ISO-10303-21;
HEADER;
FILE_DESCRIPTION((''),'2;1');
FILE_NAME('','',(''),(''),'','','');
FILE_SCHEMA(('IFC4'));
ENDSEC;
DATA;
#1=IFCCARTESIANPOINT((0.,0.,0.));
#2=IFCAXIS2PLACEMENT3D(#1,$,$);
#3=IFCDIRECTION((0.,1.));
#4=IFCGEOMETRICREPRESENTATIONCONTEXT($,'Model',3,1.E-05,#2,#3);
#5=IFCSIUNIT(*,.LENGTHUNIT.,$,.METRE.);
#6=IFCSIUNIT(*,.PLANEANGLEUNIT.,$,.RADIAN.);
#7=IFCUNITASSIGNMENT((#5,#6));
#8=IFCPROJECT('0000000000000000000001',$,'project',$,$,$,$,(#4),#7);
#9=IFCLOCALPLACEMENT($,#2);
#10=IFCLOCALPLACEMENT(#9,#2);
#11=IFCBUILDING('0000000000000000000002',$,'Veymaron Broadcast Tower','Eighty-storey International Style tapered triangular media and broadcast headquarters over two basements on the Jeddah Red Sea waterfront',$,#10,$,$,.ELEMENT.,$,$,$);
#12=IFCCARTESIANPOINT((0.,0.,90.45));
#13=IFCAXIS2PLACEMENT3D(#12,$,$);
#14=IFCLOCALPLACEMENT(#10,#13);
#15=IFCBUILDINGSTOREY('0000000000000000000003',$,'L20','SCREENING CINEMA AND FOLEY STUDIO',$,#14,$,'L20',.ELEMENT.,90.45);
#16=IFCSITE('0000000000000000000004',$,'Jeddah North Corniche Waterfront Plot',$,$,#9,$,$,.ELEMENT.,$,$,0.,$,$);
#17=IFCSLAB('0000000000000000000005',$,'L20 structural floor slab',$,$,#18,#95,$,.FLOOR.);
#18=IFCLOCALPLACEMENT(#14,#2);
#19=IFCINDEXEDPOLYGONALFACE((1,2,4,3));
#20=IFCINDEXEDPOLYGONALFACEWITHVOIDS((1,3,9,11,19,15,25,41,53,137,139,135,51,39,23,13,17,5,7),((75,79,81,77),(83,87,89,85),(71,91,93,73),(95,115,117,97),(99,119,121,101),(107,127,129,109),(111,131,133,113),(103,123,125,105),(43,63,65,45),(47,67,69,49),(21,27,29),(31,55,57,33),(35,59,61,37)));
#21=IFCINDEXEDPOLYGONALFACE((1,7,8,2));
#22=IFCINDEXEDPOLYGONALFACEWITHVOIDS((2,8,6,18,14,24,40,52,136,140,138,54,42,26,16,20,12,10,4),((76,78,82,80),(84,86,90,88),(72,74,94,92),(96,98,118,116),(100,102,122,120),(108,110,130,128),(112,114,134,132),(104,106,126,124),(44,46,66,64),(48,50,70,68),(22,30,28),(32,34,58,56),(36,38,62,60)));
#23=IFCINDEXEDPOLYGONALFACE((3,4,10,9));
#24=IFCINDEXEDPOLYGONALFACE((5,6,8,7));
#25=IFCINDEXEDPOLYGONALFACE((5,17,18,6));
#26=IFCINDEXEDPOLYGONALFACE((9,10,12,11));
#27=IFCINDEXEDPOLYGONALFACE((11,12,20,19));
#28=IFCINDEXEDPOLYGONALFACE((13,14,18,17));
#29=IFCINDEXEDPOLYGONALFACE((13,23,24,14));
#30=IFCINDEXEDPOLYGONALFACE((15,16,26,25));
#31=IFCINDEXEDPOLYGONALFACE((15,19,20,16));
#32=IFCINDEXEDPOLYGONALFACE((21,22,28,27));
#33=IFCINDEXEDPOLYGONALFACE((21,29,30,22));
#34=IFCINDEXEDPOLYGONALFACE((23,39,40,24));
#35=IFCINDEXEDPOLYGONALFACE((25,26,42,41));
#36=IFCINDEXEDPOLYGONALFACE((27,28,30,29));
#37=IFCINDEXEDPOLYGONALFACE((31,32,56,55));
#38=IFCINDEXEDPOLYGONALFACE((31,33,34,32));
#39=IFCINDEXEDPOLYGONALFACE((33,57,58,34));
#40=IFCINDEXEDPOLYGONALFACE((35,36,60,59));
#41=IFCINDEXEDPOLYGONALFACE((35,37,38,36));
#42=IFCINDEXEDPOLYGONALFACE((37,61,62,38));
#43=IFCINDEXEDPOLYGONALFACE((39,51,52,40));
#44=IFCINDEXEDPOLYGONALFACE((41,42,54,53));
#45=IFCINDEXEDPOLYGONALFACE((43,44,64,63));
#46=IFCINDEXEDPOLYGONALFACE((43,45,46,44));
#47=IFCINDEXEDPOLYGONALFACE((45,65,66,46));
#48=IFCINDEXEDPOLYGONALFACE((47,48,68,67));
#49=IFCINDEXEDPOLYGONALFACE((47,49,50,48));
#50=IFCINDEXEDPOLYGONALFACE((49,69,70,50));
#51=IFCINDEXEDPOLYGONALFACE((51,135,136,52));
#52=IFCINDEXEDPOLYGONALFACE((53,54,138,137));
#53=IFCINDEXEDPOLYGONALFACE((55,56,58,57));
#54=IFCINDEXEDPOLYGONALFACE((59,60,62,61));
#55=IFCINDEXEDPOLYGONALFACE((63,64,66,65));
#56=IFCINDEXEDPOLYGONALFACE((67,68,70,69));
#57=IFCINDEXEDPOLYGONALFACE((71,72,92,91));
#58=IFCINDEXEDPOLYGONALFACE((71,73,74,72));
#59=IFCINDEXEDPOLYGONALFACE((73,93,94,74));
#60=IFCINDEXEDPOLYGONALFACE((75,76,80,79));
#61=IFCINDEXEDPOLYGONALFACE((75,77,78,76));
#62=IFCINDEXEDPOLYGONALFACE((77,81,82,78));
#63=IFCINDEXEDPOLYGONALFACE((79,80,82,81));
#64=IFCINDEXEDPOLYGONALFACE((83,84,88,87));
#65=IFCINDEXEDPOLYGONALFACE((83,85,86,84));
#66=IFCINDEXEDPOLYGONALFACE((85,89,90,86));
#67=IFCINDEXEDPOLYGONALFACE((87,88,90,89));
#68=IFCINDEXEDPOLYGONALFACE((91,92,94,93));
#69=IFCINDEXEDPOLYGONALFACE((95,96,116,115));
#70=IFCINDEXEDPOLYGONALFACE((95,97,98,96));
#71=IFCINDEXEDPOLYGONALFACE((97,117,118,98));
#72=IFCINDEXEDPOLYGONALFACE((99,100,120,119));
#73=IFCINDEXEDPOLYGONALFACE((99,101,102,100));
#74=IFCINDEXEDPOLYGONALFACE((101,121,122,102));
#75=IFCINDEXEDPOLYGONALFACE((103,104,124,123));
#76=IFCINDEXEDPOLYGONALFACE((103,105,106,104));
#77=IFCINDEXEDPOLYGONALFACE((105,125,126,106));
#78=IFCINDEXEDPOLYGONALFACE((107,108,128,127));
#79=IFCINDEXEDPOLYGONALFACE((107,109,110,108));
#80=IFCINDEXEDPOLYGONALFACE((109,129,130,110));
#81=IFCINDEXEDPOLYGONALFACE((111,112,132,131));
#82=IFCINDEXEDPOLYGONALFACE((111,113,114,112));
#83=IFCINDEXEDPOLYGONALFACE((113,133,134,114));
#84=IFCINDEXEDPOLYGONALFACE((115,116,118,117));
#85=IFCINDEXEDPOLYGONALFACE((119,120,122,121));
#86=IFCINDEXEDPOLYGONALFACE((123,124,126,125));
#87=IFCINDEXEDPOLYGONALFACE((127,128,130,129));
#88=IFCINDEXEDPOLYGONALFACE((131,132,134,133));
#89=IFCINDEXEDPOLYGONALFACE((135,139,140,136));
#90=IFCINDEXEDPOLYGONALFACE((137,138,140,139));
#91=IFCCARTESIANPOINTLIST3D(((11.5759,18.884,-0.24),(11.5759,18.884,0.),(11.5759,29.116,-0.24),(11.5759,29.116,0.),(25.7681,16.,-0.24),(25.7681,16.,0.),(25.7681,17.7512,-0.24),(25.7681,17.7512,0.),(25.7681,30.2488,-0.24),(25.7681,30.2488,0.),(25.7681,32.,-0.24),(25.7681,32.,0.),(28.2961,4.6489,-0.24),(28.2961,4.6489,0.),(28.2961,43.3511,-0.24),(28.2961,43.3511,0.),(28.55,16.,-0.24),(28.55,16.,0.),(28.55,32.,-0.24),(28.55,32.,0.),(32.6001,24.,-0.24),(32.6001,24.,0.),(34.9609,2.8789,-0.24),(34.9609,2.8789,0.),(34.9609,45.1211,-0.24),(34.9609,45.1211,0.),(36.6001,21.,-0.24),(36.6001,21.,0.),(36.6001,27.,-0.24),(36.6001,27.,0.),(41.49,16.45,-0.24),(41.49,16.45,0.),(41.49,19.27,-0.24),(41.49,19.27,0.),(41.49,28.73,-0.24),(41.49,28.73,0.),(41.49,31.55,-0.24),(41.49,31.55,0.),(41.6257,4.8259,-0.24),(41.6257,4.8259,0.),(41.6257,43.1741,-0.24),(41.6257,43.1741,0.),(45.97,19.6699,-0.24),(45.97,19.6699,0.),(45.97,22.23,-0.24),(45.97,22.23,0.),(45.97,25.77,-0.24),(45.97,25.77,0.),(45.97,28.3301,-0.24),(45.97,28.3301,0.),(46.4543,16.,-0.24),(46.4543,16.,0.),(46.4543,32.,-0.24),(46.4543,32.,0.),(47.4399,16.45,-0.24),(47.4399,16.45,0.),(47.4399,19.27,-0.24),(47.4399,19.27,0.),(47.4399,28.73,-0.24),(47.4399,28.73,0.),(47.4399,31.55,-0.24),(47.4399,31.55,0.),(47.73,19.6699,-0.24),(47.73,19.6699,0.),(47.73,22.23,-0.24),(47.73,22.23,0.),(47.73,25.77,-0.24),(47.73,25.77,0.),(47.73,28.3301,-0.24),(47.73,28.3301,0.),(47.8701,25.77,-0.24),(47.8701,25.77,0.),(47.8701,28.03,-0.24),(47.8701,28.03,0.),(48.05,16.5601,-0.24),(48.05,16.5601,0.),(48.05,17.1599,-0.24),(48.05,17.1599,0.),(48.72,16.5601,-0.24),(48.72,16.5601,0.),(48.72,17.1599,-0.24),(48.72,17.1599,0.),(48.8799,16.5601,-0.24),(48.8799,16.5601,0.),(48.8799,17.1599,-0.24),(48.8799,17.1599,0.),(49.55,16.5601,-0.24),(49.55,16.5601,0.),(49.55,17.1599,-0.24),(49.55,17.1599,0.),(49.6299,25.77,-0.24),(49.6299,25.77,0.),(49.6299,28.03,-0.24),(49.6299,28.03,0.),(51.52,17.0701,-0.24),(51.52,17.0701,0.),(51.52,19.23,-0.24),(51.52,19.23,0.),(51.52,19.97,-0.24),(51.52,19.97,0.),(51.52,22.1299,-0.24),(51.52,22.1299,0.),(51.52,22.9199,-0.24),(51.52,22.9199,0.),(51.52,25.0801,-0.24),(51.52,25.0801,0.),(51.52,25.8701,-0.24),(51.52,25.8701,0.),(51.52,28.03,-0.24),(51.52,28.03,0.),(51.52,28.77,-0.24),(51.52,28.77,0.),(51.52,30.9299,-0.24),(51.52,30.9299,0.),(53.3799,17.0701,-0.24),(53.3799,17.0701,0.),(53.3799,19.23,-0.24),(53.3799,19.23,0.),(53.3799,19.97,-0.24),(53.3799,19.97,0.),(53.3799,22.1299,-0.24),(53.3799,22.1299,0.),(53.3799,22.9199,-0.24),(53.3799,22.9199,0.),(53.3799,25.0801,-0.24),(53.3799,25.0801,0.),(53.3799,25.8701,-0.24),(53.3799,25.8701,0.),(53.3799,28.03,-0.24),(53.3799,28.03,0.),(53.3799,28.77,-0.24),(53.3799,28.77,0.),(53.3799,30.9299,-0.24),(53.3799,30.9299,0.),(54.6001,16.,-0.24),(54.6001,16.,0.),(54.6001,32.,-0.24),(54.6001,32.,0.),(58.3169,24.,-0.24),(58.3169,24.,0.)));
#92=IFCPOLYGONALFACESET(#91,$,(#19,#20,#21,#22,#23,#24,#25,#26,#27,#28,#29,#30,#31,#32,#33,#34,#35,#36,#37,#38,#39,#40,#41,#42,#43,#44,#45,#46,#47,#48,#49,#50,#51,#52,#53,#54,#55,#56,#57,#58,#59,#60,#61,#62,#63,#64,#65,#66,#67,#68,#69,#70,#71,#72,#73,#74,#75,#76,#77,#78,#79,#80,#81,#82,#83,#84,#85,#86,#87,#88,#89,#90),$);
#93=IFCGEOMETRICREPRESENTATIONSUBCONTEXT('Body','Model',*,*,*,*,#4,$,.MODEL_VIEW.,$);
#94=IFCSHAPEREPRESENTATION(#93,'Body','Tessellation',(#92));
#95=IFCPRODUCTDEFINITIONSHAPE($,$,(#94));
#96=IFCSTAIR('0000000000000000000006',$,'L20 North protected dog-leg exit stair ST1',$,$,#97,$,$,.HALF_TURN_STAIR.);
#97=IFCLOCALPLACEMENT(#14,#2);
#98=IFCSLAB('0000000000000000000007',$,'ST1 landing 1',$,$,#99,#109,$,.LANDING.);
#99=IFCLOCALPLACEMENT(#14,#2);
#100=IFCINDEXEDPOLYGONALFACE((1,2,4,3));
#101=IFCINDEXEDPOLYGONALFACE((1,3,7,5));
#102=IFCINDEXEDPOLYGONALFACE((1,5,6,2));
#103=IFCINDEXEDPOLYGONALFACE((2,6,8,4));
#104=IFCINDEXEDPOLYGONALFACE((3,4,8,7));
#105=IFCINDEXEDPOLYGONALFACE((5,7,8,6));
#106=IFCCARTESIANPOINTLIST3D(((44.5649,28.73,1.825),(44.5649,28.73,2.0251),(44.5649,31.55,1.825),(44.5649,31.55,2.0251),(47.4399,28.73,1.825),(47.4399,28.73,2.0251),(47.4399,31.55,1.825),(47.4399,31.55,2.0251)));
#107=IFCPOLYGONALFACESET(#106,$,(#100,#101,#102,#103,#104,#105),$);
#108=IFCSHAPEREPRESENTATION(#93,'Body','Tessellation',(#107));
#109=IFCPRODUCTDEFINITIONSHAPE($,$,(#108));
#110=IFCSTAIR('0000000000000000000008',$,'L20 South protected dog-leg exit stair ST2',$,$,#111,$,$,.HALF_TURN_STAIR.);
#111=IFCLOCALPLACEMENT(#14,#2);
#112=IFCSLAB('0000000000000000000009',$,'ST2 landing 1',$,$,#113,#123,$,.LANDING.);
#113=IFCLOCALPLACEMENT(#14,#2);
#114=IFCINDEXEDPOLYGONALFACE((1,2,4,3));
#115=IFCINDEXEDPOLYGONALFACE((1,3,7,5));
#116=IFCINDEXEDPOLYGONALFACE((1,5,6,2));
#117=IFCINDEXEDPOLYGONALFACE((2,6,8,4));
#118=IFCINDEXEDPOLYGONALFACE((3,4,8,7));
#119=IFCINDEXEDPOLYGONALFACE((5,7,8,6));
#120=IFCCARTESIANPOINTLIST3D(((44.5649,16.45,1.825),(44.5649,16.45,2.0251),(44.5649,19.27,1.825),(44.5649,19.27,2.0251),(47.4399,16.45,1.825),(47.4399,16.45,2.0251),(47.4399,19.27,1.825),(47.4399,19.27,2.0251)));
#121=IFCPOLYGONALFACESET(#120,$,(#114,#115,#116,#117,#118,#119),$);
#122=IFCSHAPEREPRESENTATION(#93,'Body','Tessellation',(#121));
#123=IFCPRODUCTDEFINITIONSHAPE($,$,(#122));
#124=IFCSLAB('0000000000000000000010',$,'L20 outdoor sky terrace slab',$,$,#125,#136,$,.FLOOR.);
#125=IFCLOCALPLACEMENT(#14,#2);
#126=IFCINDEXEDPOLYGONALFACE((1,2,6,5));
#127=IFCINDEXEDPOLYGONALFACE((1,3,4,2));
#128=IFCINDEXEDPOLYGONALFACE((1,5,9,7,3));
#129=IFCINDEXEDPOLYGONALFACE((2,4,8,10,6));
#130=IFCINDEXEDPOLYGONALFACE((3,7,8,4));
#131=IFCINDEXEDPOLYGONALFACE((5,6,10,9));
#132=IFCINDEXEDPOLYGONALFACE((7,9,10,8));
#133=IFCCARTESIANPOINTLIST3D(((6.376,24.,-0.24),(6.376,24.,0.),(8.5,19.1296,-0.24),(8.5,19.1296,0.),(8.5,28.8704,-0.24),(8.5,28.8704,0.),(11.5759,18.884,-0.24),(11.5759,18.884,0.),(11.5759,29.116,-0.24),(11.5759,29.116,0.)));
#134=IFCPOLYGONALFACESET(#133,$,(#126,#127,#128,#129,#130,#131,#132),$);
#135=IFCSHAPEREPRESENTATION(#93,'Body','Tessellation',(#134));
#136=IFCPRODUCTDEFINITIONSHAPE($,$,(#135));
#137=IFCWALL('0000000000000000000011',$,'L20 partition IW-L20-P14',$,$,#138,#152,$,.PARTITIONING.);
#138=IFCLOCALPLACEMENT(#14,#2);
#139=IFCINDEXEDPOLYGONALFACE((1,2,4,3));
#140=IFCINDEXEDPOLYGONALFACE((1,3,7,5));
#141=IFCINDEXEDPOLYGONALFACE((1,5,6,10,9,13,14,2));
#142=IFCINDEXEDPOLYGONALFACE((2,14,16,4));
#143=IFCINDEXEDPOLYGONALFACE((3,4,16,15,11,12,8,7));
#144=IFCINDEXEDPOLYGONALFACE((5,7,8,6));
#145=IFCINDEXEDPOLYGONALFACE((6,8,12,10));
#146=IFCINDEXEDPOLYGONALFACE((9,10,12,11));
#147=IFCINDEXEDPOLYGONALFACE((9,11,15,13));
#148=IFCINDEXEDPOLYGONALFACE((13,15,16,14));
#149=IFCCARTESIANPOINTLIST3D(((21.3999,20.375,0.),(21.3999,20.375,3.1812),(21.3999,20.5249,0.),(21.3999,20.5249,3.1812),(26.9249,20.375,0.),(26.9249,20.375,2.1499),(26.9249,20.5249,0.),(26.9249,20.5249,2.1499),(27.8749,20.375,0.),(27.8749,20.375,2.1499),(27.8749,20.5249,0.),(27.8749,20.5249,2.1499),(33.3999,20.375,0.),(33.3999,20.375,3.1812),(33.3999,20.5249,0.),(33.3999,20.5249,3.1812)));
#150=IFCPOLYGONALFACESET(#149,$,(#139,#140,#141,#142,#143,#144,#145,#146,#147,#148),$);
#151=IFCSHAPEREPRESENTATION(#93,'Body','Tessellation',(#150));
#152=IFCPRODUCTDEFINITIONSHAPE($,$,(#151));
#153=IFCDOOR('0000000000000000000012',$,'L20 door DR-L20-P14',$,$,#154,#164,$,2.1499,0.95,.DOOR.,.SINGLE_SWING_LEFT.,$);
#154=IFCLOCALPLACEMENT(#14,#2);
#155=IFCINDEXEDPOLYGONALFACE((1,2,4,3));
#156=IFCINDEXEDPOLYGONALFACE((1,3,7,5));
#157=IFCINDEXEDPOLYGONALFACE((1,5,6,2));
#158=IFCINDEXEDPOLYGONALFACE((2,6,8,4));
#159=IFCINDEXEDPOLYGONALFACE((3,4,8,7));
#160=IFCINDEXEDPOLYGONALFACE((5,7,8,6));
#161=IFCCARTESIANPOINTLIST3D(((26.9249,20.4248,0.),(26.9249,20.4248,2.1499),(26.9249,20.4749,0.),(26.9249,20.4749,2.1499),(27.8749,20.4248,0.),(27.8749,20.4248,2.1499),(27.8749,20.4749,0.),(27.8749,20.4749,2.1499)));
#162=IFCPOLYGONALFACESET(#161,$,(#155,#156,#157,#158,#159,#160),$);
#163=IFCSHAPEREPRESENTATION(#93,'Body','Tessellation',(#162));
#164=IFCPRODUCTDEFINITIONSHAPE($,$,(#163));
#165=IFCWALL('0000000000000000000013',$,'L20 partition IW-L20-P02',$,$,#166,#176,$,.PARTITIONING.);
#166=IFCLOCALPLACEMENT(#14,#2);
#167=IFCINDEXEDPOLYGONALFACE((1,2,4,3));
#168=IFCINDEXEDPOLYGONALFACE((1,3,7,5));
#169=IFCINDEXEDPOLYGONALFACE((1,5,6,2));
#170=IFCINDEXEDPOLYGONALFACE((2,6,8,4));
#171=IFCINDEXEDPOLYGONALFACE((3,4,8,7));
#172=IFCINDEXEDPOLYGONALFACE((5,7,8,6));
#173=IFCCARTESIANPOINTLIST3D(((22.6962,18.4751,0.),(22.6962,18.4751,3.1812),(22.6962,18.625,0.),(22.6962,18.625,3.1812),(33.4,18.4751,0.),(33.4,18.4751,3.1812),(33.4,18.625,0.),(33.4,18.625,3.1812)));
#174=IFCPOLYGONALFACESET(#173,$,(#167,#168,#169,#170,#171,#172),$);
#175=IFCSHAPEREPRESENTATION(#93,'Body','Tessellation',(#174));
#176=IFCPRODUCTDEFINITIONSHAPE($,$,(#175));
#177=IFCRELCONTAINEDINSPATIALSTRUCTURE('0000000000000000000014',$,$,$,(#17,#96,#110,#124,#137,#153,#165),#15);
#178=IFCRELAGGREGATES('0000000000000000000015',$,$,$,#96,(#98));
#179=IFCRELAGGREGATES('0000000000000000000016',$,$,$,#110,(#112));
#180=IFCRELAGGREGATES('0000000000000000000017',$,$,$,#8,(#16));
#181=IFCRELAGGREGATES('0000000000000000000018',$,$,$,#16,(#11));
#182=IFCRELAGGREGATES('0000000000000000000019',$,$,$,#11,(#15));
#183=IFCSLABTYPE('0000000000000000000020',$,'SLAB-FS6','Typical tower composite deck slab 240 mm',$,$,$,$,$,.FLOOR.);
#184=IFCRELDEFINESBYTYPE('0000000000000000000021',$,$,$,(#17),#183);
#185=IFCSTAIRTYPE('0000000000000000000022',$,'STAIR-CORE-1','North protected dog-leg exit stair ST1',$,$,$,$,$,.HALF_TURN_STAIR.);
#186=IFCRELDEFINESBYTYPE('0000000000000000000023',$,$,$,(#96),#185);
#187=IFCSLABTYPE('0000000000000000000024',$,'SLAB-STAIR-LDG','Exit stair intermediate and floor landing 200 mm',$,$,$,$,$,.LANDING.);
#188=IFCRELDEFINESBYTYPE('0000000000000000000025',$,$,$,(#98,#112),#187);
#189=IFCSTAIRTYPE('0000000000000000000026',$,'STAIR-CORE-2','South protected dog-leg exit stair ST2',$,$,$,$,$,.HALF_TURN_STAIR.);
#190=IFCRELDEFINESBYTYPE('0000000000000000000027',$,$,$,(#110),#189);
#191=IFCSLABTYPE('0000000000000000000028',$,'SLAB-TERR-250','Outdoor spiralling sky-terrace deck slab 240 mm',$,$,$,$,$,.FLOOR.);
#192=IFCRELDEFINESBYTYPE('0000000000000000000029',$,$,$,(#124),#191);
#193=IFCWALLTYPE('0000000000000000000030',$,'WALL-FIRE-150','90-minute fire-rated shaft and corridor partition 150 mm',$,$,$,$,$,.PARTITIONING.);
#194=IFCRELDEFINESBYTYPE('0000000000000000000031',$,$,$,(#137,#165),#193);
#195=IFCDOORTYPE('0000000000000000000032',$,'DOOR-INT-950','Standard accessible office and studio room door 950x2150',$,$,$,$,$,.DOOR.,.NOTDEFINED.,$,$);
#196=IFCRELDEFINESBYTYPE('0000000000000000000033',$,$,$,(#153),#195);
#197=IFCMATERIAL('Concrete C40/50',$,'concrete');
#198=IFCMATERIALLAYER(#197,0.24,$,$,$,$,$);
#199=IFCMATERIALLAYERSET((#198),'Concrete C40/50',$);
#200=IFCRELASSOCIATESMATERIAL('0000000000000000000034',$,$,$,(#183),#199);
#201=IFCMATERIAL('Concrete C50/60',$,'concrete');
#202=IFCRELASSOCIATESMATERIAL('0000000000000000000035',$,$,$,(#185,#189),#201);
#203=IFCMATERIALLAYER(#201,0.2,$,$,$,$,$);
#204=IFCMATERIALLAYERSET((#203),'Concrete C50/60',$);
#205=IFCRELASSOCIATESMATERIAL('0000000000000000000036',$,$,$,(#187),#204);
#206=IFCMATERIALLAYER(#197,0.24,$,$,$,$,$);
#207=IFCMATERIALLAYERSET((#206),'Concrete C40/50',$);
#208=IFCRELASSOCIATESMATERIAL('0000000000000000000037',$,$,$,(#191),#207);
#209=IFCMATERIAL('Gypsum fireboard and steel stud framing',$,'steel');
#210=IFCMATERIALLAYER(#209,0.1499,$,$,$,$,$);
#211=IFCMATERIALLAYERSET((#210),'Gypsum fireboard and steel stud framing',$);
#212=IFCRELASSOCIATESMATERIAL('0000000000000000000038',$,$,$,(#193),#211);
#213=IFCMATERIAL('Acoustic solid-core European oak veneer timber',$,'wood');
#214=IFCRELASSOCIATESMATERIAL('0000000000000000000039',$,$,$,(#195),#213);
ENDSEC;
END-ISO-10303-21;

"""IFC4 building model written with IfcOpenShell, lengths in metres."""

from ifc_helpers import new_model, si_unit, direction, frame, frame_2d, origin, place, context, subcontext, project, spatial, polyline, rectangle, outline, extrude, material, layer, layer_set, type_object, element, fill, aggregate, save


model = new_model("IFC4")

# Units and contexts
model_context = context("Model", 3, precision=1e-05, world=origin(), true_north=direction((0.0, 1.0)))
body_context = subcontext(model_context, "Body", "Model", "MODEL_VIEW")
ifc_project = project(units=[si_unit("LENGTHUNIT", "METRE"), si_unit("PLANEANGLEUNIT", "RADIAN")], contexts=[model_context])

# Site, building, storey
site_placement = place(None, origin())
site = spatial("IfcSite", under=ifc_project, at=site_placement, Name="Jeddah North Corniche Waterfront Plot", CompositionType="ELEMENT", RefElevation=0.0)
building_placement = place(site_placement, origin())
building = spatial("IfcBuilding", under=site, at=building_placement, Name="Veymaron Broadcast Tower", Description="Eighty-storey International Style tapered triangular media and broadcast headquarters over two basements on the Jeddah Red Sea waterfront", CompositionType="ELEMENT")
storey_placement = place(building_placement, frame((0.0, 0.0, 90.45)))
storey = spatial("IfcBuildingStorey", under=building, at=storey_placement, Name="L20", Description="SCREENING CINEMA AND FOLEY STUDIO", LongName="L20", CompositionType="ELEMENT", Elevation=90.45)

# Slab
ifc_material_1 = material(Name="Concrete C40/50", Category="concrete")
ifc_layer_1 = layer(ifc_material_1, 0.24)
ifc_layer_set_1 = layer_set([ifc_layer_1], Name="Concrete C40/50")
slab_type_1 = type_object("IfcSlabType", Name="SLAB-FS6", Description="Typical tower composite deck slab 240 mm", PredefinedType="FLOOR", material=ifc_layer_set_1)
slab_1_placement = place(storey_placement, frame((0.0, 0.0, -0.24)))
element("IfcSlab", 1, at=slab_1_placement, inside=storey, type_object=slab_type_1, Name="L20 structural floor slab", PredefinedType="FLOOR", context=body_context, shape_type="SweptSolid", body=[
    extrude(outline(polyline([(41.6257, 4.8259), (46.4543, 16.0), (54.6001, 16.0), (58.3169, 24.0), (54.6001, 32.0), (46.4543, 32.0), (41.6257, 43.1741), (34.9609, 45.1211), (28.2961, 43.3511), (28.55, 32.0), (25.7681, 32.0), (25.7681, 30.2488), (11.5759, 29.116), (11.5759, 18.884), (25.7681, 17.7512), (25.7681, 16.0), (28.55, 16.0), (28.2961, 4.6489), (34.9609, 2.8789), (41.6257, 4.8259)]), holes=[polyline([(45.97, 28.3301), (47.73, 28.3301), (47.73, 25.77), (45.97, 25.77), (45.97, 28.3301)]), polyline([(45.97, 22.23), (47.73, 22.23), (47.73, 19.6699), (45.97, 19.6699), (45.97, 22.23)]), polyline([(47.8701, 28.03), (49.6299, 28.03), (49.6299, 25.77), (47.8701, 25.77), (47.8701, 28.03)]), polyline([(51.52, 30.9299), (53.3799, 30.9299), (53.3799, 28.77), (51.52, 28.77), (51.52, 30.9299)]), polyline([(51.52, 28.03), (53.3799, 28.03), (53.3799, 25.8701), (51.52, 25.8701), (51.52, 28.03)]), polyline([(51.52, 22.1299), (53.3799, 22.1299), (53.3799, 19.97), (51.52, 19.97), (51.52, 22.1299)]), polyline([(51.52, 25.0801), (53.3799, 25.0801), (53.3799, 22.9199), (51.52, 22.9199), (51.52, 25.0801)]), polyline([(51.52, 19.23), (53.3799, 19.23), (53.3799, 17.0701), (51.52, 17.0701), (51.52, 19.23)]), polyline([(48.05, 17.1599), (48.72, 17.1599), (48.72, 16.5601), (48.05, 16.5601), (48.05, 17.1599)]), polyline([(48.8799, 17.1599), (49.55, 17.1599), (49.55, 16.5601), (48.8799, 16.5601), (48.8799, 17.1599)]), polyline([(36.6001, 27.0), (36.6001, 21.0), (32.6001, 24.0), (36.6001, 27.0)]), polyline([(41.49, 31.55), (47.4399, 31.55), (47.4399, 28.73), (41.49, 28.73), (41.49, 31.55)]), polyline([(41.49, 19.27), (47.4399, 19.27), (47.4399, 16.45), (41.49, 16.45), (41.49, 19.27)])]), origin(), (0.0, 0.0, 1.0), 0.24),
])

# Stairs, slabs
ifc_material_2 = material(Name="Concrete C50/60", Category="concrete")
stair_type_1 = type_object("IfcStairType", Name="STAIR-CORE-1", Description="North protected dog-leg exit stair ST1", PredefinedType="HALF_TURN_STAIR", material=ifc_material_2)
stair_1_placement = place(storey_placement, origin())
stair_1 = element("IfcStair", 2, at=stair_1_placement, inside=storey, type_object=stair_type_1, Name="L20 North protected dog-leg exit stair ST1", PredefinedType="HALF_TURN_STAIR")
ifc_layer_2 = layer(ifc_material_2, 0.2)
ifc_layer_set_2 = layer_set([ifc_layer_2], Name="Concrete C50/60")
slab_type_2 = type_object("IfcSlabType", Name="SLAB-STAIR-LDG", Description="Exit stair intermediate and floor landing 200 mm", PredefinedType="LANDING", material=ifc_layer_set_2)
slab_2_placement = place(storey_placement, frame((0.0, 0.0, 1.825)))
slab_2 = element("IfcSlab", 3, at=slab_2_placement, type_object=slab_type_2, Name="ST1 landing 1", PredefinedType="LANDING", context=body_context, shape_type="SweptSolid", body=[
    extrude(outline(polyline([(44.5649, 28.73), (47.4399, 28.73), (47.4399, 31.55), (44.5649, 31.55), (44.5649, 28.73)])), origin(), (0.0, 0.0, 1.0), 0.2002),
])
aggregate(stair_1, [slab_2])
stair_type_2 = type_object("IfcStairType", Name="STAIR-CORE-2", Description="South protected dog-leg exit stair ST2", PredefinedType="HALF_TURN_STAIR", material=ifc_material_2)
stair_2_placement = place(storey_placement, origin())
stair_2 = element("IfcStair", 4, at=stair_2_placement, inside=storey, type_object=stair_type_2, Name="L20 South protected dog-leg exit stair ST2", PredefinedType="HALF_TURN_STAIR")
slab_3_placement = place(storey_placement, frame((0.0, 0.0, 1.825)))
slab_3 = element("IfcSlab", 5, at=slab_3_placement, type_object=slab_type_2, Name="ST2 landing 1", PredefinedType="LANDING", context=body_context, shape_type="SweptSolid", body=[
    extrude(outline(polyline([(44.5649, 16.45), (47.4399, 16.45), (47.4399, 19.27), (44.5649, 19.27), (44.5649, 16.45)])), origin(), (0.0, 0.0, 1.0), 0.2002),
])
aggregate(stair_2, [slab_3])

# Slab
ifc_layer_3 = layer(ifc_material_1, 0.24)
ifc_layer_set_3 = layer_set([ifc_layer_3], Name="Concrete C40/50")
slab_type_3 = type_object("IfcSlabType", Name="SLAB-TERR-250", Description="Outdoor spiralling sky-terrace deck slab 240 mm", PredefinedType="FLOOR", material=ifc_layer_set_3)
slab_4_placement = place(storey_placement, frame((0.0, 0.0, -0.24)))
element("IfcSlab", 6, at=slab_4_placement, inside=storey, type_object=slab_type_3, Name="L20 outdoor sky terrace slab", PredefinedType="FLOOR", context=body_context, shape_type="SweptSolid", body=[
    extrude(outline(polyline([(11.5759, 18.884), (11.5759, 29.116), (8.5, 28.8704), (6.376, 24.0), (8.5, 19.1296), (11.5759, 18.884)])), origin(), (0.0, 0.0, 1.0), 0.24),
])

# Wall, opening, door
ifc_material_3 = material(Name="Gypsum fireboard and steel stud framing", Category="steel")
ifc_layer_4 = layer(ifc_material_3, 0.1499)
ifc_layer_set_4 = layer_set([ifc_layer_4], Name="Gypsum fireboard and steel stud framing")
wall_type_1 = type_object("IfcWallType", Name="WALL-FIRE-150", Description="90-minute fire-rated shaft and corridor partition 150 mm", PredefinedType="PARTITIONING", material=ifc_layer_set_4)
ifc_material_4 = material(Name="Acoustic solid-core European oak veneer timber", Category="wood")
door_type = type_object("IfcDoorType", Name="DOOR-INT-950", Description="Standard accessible office and studio room door 950x2150", OperationType="NOTDEFINED", PredefinedType="DOOR", material=ifc_material_4)
wall_1_placement = place(storey_placement, frame((21.3999, 20.45, 0.0), z_axis=(0.0, 0.0, 1.0), x_axis=(1.0, 0.0, 0.0)))
wall_1 = element("IfcWall", 7, at=wall_1_placement, inside=storey, type_object=wall_type_1, Name="L20 partition IW-L20-P14", PredefinedType="PARTITIONING", context=body_context, shape_type="SweptSolid", body=[
    extrude(rectangle(XDim=12.0, YDim=0.1499, at=frame_2d((6.0, 0.0))), origin(), (0.0, 0.0, 1.0), 3.1812),
])
opening_1_placement = place(wall_1_placement, frame((5.5249, 0.0, 0.0)))
opening_1 = element("IfcOpeningElement", 8, at=opening_1_placement, cuts=wall_1, PredefinedType="OPENING", context=body_context, shape_type="SweptSolid", body=[
    extrude(rectangle(XDim=0.95, YDim=2.1499, at=frame_2d((0.4751, 1.075))), frame((0.0, 0.085, 0.0), z_axis=(0.0, -1.0, 0.0), x_axis=(1.0, 0.0, 0.0)), (0.0, 0.0, 1.0), 0.1699),
])
door_1_placement = place(opening_1_placement, origin())
door_1 = element("IfcDoor", 9, at=door_1_placement, inside=storey, type_object=door_type, Name="L20 door DR-L20-P14", OperationType="SINGLE_SWING_LEFT", OverallHeight=2.1499, OverallWidth=0.95, PredefinedType="DOOR", context=body_context, shape_type="SweptSolid", body=[
    extrude(rectangle(XDim=0.95, YDim=2.1499, at=frame_2d((0.4751, 1.075))), frame((0.0, 0.0249, 0.0), z_axis=(0.0, -1.0, 0.0), x_axis=(1.0, 0.0, 0.0)), (0.0, 0.0, 1.0), 0.05),
])
fill(opening_1, door_1)

# Wall
wall_2_placement = place(storey_placement, frame((22.696, 18.55, 0.0), z_axis=(0.0, 0.0, 1.0), x_axis=(1.0, 0.0, 0.0)))
element("IfcWall", 10, at=wall_2_placement, inside=storey, type_object=wall_type_1, Name="L20 partition IW-L20-P02", PredefinedType="PARTITIONING", context=body_context, shape_type="SweptSolid", body=[
    extrude(rectangle(XDim=10.7039, YDim=0.1499, at=frame_2d((5.3521, 0.0))), origin(), (0.0, 0.0, 1.0), 3.1812),
])

save(model, "model.ifc")
